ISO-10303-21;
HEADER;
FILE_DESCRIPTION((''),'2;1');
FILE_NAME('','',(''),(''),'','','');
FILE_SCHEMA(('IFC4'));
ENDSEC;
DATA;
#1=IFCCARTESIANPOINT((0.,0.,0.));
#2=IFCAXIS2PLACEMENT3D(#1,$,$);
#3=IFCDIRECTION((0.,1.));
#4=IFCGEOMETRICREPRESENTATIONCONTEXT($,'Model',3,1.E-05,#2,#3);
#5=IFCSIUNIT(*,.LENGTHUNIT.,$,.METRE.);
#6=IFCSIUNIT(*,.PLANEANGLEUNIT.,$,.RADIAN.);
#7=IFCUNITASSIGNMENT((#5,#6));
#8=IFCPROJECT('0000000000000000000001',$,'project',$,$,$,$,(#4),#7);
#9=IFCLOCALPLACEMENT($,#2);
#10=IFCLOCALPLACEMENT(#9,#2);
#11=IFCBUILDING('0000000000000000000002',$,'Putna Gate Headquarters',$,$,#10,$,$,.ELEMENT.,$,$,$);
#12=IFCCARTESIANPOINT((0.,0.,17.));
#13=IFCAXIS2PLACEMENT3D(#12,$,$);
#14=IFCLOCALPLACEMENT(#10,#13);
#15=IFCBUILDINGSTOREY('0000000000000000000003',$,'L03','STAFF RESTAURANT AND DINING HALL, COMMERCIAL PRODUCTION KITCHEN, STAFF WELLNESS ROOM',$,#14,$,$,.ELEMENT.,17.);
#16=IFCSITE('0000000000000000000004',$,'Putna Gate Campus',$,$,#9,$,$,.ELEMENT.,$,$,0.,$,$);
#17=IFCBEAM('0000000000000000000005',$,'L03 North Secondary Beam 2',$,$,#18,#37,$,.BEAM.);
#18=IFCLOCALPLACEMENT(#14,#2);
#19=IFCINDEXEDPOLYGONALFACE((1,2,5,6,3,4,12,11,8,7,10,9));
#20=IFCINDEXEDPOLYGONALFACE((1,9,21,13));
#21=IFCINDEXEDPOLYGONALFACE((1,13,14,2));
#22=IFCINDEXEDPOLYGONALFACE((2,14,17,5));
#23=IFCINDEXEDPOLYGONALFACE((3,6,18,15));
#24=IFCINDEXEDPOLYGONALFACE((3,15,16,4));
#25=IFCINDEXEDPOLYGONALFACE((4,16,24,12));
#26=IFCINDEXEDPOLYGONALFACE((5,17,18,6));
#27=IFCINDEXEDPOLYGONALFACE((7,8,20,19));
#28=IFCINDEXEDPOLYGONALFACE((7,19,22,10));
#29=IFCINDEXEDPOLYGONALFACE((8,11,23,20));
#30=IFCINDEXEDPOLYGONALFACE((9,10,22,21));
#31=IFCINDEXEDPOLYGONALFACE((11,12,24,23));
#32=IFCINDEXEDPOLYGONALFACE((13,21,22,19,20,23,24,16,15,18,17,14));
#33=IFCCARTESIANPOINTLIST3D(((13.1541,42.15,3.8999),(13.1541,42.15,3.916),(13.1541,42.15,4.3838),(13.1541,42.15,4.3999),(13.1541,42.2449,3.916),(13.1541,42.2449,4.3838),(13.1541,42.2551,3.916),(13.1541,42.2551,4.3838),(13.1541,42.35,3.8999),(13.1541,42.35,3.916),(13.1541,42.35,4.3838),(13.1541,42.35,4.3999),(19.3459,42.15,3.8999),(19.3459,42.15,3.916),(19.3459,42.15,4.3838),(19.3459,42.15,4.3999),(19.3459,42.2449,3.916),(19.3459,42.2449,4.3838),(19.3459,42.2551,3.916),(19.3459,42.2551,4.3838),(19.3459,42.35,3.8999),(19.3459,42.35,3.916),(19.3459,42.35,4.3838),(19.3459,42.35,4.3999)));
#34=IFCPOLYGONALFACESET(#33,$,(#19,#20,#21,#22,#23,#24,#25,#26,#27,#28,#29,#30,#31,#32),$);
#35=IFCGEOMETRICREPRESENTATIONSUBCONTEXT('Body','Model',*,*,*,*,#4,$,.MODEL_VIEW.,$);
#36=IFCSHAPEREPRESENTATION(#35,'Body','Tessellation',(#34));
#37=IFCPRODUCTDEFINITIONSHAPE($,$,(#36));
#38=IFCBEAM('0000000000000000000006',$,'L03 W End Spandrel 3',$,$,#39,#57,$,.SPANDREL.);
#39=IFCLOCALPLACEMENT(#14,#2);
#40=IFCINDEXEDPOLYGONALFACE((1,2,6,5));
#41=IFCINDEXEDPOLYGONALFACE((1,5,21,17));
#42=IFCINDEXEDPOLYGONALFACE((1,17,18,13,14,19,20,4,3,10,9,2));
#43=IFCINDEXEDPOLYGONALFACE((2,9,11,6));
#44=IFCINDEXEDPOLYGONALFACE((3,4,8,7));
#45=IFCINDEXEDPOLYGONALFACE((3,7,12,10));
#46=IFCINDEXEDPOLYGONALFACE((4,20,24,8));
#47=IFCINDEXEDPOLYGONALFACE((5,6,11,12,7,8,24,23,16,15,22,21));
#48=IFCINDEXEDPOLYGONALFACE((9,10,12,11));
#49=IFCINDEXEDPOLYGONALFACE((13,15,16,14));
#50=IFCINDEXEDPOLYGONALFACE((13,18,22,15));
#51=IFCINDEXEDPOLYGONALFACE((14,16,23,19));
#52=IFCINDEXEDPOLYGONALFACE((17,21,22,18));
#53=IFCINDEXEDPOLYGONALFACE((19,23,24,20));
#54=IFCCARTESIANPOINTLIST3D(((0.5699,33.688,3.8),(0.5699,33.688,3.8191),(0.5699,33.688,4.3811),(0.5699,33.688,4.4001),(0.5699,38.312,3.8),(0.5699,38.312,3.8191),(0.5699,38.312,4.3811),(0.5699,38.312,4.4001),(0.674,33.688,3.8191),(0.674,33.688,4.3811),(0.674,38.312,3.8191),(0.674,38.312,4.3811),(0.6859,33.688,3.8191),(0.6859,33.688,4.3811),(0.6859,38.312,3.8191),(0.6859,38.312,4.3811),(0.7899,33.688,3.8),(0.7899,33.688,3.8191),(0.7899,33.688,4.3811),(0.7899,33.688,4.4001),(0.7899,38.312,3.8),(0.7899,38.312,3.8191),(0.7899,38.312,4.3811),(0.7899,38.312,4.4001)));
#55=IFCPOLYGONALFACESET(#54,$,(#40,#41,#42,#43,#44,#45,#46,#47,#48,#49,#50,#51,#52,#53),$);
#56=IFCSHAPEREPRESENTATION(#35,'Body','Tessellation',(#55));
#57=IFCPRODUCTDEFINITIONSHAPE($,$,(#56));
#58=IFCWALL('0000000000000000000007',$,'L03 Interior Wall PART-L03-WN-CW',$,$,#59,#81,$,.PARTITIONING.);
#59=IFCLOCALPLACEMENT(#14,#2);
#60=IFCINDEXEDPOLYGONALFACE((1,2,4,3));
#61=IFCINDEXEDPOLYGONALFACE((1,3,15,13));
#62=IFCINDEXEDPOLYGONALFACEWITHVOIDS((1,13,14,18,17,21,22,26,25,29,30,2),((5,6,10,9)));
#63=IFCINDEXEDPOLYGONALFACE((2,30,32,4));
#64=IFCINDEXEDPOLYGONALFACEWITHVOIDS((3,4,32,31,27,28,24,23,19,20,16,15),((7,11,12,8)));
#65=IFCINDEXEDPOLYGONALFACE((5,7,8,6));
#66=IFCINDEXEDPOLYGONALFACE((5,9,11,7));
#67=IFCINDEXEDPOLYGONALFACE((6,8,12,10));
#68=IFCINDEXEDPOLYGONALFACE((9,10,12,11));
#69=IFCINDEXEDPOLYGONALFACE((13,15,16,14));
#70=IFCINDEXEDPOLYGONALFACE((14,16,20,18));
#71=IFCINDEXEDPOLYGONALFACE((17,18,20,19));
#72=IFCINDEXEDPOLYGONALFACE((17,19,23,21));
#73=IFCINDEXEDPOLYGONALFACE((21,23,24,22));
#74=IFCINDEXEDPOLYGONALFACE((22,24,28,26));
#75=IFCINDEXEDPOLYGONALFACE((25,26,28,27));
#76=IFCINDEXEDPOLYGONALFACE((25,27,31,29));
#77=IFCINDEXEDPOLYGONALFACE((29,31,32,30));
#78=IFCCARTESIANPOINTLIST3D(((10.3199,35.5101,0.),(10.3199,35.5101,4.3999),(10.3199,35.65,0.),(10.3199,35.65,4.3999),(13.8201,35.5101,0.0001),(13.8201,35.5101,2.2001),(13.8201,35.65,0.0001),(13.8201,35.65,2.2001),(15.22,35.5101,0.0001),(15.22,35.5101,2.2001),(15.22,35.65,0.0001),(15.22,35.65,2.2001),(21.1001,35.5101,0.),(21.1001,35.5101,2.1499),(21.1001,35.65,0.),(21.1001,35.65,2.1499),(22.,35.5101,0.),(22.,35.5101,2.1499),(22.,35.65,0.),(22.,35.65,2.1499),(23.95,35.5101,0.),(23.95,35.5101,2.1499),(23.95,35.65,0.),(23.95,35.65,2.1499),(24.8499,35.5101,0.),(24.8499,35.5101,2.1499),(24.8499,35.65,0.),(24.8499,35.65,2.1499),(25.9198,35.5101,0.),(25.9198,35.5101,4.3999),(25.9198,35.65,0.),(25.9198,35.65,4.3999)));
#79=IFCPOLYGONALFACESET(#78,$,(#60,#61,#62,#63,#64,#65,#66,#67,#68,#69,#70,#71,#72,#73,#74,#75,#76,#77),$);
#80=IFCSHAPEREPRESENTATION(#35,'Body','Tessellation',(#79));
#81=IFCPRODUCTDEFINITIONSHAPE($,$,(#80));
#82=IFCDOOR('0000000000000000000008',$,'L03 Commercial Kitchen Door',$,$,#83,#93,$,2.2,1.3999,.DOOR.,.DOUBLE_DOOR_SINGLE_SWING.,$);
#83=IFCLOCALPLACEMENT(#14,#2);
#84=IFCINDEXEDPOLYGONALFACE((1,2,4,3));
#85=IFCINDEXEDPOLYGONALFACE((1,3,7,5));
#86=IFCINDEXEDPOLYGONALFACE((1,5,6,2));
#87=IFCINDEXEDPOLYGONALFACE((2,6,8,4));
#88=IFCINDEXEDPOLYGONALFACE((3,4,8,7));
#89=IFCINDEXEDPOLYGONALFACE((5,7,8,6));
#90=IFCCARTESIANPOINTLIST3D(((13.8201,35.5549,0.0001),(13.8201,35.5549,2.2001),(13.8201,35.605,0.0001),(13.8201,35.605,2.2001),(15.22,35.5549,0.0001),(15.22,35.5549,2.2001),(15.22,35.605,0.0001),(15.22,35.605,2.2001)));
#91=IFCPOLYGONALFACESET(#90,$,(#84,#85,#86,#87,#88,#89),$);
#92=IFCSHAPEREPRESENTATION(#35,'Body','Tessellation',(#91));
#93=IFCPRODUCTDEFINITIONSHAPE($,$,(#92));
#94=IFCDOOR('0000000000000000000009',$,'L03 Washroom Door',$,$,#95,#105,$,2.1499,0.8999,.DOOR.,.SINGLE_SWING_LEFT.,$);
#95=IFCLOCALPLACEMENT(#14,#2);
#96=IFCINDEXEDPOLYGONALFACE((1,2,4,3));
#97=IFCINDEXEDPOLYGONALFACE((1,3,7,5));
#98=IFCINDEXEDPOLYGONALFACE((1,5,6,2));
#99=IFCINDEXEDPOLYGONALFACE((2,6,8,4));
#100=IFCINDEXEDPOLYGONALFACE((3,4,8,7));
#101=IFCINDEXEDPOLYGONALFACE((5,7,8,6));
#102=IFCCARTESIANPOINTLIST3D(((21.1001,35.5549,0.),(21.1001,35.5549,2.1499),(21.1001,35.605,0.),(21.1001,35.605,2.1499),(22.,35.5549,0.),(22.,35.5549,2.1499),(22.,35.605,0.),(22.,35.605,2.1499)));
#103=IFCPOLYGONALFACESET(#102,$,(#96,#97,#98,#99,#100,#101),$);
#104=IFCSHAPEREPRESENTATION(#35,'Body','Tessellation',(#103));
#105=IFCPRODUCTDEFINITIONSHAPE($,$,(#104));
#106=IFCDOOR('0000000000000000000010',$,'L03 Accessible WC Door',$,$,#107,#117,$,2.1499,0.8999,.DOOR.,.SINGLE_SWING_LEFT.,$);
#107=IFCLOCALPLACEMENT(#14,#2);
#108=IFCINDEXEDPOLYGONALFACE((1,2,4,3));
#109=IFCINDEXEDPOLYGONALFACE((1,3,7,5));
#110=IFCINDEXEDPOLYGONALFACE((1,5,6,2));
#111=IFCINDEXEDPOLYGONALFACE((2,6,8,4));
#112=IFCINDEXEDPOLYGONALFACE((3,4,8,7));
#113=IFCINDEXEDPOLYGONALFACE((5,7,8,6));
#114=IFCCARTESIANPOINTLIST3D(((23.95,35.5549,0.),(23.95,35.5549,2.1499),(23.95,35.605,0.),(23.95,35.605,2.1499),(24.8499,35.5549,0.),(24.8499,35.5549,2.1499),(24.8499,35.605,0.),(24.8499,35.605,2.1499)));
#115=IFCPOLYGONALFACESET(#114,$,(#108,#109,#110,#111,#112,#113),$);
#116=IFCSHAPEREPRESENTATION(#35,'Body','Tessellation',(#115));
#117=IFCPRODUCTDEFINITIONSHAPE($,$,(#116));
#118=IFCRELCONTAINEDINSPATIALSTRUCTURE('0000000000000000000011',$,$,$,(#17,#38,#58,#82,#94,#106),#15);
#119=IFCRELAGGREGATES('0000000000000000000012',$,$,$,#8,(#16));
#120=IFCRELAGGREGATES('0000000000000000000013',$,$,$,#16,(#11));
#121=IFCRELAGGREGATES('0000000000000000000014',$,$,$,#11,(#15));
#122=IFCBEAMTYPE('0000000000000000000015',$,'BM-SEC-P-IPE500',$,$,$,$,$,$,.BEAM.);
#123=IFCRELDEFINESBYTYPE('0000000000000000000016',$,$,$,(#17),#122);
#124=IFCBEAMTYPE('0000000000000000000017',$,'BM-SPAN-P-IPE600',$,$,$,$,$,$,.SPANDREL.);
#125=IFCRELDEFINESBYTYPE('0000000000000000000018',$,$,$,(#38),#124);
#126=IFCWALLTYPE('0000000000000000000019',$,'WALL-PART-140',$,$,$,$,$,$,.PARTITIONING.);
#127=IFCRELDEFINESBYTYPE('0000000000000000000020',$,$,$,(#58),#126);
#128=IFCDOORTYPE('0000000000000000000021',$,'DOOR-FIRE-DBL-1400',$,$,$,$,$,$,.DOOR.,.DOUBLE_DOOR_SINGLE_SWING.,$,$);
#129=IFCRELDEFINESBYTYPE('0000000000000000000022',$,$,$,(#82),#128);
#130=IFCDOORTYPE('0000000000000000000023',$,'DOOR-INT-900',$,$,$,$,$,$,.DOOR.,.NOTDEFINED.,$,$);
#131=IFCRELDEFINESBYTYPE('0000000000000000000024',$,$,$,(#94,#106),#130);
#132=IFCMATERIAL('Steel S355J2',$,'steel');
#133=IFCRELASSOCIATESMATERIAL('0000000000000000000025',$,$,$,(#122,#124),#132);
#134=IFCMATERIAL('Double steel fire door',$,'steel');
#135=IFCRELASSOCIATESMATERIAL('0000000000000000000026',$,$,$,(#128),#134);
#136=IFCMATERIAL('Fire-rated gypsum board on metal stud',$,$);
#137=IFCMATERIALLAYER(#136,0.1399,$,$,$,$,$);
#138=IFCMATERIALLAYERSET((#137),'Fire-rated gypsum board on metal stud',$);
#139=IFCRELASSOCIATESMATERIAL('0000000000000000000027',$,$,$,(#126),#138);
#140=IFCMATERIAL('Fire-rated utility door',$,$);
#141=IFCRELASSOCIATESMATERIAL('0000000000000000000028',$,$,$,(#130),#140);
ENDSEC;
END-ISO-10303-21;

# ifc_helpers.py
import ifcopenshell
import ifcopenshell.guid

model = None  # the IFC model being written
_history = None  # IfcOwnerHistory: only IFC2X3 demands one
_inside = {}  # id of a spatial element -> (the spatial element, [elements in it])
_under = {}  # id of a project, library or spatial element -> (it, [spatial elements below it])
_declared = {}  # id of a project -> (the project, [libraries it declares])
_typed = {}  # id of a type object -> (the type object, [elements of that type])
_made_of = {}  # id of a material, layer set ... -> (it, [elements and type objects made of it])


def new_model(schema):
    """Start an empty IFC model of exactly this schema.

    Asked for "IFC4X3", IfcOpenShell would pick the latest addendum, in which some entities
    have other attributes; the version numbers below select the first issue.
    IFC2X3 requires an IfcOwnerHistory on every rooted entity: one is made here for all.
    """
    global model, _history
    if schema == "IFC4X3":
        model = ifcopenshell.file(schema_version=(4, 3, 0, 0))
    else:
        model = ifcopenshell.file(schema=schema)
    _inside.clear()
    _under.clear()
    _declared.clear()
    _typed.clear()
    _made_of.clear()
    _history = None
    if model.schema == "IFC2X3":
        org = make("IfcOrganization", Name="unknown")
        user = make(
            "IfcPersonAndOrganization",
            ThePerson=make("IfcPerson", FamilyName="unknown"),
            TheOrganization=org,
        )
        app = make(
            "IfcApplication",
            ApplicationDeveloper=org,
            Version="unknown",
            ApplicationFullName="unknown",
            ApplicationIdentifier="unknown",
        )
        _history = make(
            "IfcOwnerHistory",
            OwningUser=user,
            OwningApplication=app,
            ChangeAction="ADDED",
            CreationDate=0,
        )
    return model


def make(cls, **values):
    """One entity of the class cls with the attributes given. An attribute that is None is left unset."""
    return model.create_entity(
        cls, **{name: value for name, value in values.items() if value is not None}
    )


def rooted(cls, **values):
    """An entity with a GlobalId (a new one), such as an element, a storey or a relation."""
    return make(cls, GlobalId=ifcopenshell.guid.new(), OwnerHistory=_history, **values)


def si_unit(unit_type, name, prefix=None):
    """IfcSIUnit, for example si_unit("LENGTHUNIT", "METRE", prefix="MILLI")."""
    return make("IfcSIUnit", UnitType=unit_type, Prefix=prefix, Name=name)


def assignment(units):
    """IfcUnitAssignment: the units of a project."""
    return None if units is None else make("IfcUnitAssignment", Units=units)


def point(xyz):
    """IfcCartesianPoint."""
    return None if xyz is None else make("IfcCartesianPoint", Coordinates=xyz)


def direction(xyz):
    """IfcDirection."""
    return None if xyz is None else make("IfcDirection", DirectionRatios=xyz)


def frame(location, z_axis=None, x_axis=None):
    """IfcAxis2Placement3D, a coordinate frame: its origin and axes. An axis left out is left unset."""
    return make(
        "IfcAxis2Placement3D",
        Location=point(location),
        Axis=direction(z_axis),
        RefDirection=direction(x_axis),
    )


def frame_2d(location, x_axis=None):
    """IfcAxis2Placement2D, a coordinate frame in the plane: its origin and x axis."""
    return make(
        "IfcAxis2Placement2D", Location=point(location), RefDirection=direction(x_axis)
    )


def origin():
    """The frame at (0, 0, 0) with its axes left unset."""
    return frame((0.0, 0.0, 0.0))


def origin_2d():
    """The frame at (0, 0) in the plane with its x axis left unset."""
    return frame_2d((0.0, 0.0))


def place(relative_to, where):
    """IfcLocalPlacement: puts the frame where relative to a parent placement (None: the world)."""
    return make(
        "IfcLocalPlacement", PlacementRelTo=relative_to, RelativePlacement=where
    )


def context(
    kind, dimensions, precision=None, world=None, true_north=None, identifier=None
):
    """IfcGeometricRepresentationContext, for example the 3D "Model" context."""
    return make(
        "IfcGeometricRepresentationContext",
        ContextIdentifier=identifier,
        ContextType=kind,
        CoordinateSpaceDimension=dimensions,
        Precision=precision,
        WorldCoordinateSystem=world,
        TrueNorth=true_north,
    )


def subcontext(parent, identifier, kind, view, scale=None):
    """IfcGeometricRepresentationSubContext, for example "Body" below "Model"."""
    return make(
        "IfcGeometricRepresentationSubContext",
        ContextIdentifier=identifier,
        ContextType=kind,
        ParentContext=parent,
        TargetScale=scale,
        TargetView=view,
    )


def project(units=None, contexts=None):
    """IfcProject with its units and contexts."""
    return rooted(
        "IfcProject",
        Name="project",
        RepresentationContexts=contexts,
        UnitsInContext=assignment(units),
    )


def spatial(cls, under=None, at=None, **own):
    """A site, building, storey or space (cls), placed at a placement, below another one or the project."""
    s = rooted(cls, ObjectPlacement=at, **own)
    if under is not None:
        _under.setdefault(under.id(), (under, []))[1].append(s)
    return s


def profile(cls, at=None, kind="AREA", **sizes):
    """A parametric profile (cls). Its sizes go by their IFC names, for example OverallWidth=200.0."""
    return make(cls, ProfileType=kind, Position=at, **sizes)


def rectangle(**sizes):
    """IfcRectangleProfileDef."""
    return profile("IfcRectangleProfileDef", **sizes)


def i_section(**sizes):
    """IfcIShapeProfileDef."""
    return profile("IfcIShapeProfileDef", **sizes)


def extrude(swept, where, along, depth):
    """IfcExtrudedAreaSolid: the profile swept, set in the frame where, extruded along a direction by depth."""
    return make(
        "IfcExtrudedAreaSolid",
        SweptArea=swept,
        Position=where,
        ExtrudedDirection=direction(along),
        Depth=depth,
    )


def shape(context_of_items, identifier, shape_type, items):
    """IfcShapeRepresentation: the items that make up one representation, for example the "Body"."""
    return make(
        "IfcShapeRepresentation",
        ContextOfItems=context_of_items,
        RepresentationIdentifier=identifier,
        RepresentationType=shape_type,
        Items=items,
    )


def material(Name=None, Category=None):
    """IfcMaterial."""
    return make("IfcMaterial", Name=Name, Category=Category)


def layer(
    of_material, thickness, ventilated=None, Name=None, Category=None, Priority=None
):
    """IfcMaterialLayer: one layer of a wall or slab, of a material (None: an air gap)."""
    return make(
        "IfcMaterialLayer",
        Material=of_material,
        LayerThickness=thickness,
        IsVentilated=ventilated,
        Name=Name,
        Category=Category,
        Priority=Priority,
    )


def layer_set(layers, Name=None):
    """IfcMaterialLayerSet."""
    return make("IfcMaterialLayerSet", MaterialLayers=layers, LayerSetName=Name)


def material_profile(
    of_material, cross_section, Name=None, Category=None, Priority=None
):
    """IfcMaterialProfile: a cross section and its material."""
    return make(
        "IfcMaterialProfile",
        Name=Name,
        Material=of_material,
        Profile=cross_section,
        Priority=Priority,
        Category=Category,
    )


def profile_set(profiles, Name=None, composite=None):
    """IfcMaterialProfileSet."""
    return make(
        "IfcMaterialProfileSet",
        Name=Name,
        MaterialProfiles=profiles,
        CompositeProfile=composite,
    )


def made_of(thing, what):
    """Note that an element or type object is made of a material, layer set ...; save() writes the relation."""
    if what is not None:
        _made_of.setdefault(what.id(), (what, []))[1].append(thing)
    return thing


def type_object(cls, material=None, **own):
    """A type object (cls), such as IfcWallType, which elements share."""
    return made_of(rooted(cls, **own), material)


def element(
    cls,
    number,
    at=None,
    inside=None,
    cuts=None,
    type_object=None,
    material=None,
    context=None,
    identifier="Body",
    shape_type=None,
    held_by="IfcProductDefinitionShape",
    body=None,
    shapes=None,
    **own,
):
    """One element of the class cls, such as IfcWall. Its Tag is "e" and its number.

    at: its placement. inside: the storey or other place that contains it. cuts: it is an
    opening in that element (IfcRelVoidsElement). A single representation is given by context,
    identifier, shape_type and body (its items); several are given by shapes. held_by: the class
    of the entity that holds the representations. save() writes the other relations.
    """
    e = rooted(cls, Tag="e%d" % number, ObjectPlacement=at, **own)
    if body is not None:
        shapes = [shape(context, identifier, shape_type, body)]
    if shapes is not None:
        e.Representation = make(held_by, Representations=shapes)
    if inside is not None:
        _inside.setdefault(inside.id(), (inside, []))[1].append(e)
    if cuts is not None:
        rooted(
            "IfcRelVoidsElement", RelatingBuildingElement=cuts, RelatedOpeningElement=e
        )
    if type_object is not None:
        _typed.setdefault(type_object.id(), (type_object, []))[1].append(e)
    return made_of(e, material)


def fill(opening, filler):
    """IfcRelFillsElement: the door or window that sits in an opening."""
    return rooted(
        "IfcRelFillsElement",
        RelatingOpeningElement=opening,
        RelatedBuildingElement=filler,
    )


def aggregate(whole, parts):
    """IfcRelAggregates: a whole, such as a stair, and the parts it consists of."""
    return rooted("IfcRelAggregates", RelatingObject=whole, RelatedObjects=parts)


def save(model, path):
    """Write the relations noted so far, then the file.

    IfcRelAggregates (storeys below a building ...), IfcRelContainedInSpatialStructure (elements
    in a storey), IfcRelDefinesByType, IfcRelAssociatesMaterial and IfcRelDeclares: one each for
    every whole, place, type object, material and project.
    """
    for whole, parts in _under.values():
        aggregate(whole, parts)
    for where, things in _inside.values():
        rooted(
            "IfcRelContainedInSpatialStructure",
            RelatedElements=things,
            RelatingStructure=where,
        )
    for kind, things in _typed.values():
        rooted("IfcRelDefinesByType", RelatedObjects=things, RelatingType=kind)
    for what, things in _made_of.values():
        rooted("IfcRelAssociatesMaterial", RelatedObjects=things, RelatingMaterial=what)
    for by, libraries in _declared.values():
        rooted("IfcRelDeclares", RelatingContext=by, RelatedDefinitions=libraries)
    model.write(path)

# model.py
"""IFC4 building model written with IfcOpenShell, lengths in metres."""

from ifc_helpers import new_model, si_unit, direction, frame, frame_2d, origin, origin_2d, place, context, subcontext, project, spatial, rectangle, i_section, extrude, material, layer, layer_set, material_profile, profile_set, type_object, element, fill, save


model = new_model("IFC4")

# Units and contexts
model_context = context("Model", 3, precision=1e-05, world=origin(), true_north=direction((0.0, 1.0)))
body_context = subcontext(model_context, "Body", "Model", "MODEL_VIEW")
ifc_project = project(units=[si_unit("LENGTHUNIT", "METRE"), si_unit("PLANEANGLEUNIT", "RADIAN")], contexts=[model_context])

# Site, building, storey
site_placement = place(None, origin())
site = spatial("IfcSite", under=ifc_project, at=site_placement, Name="Putna Gate Campus", CompositionType="ELEMENT", RefElevation=0.0)
building_placement = place(site_placement, origin())
building = spatial("IfcBuilding", under=site, at=building_placement, Name="Putna Gate Headquarters", CompositionType="ELEMENT")
storey_placement = place(building_placement, frame((0.0, 0.0, 17.0)))
storey = spatial("IfcBuildingStorey", under=building, at=storey_placement, Name="L03", Description="STAFF RESTAURANT AND DINING HALL, COMMERCIAL PRODUCTION KITCHEN, STAFF WELLNESS ROOM", CompositionType="ELEMENT", Elevation=17.0)

# Beams
ifc_material_1 = material(Name="Steel S355J2", Category="steel")
ifc_material_profile_1 = material_profile(ifc_material_1, i_section(OverallWidth=0.2, OverallDepth=0.5, WebThickness=0.0103, FlangeThickness=0.0161, at=origin_2d()), Name="Steel S355J2")
ifc_profile_set_1 = profile_set([ifc_material_profile_1], Name="Steel S355J2")
beam_type_1 = type_object("IfcBeamType", Name="BM-SEC-P-IPE500", PredefinedType="BEAM", material=ifc_profile_set_1)
beam_1_placement = place(storey_placement, frame((13.1541, 42.25, 4.1499), z_axis=(1.0, 0.0, 0.0), x_axis=(0.0, 1.0, 0.0)))
element("IfcBeam", 1, at=beam_1_placement, inside=storey, type_object=beam_type_1, Name="L03 North Secondary Beam 2", PredefinedType="BEAM", context=body_context, shape_type="SweptSolid", body=[
    extrude(i_section(OverallWidth=0.2, OverallDepth=0.5, WebThickness=0.0103, FlangeThickness=0.0161, at=origin_2d()), origin(), (0.0, 0.0, 1.0), 6.1919),
])
ifc_material_profile_2 = material_profile(ifc_material_1, i_section(OverallWidth=0.22, OverallDepth=0.6001, WebThickness=0.012, FlangeThickness=0.019, at=origin_2d()), Name="Steel S355J2")
ifc_profile_set_2 = profile_set([ifc_material_profile_2], Name="Steel S355J2")
beam_type_2 = type_object("IfcBeamType", Name="BM-SPAN-P-IPE600", PredefinedType="SPANDREL", material=ifc_profile_set_2)
beam_2_placement = place(storey_placement, frame((0.6799, 33.688, 4.1001), z_axis=(0.0, 1.0, 0.0), x_axis=(-1.0, 0.0, 0.0)))
element("IfcBeam", 2, at=beam_2_placement, inside=storey, type_object=beam_type_2, Name="L03 W End Spandrel 3", PredefinedType="SPANDREL", context=body_context, shape_type="SweptSolid", body=[
    extrude(i_section(OverallWidth=0.22, OverallDepth=0.6001, WebThickness=0.012, FlangeThickness=0.019, at=origin_2d()), origin(), (0.0, 0.0, 1.0), 4.624),
])

# Wall, openings, doors
ifc_material_2 = material(Name="Double steel fire door", Category="steel")
door_type_1 = type_object("IfcDoorType", Name="DOOR-FIRE-DBL-1400", OperationType="DOUBLE_DOOR_SINGLE_SWING", PredefinedType="DOOR", material=ifc_material_2)
ifc_material_3 = material(Name="Fire-rated gypsum board on metal stud")
ifc_layer_1 = layer(ifc_material_3, 0.1399)
ifc_layer_set_1 = layer_set([ifc_layer_1], Name="Fire-rated gypsum board on metal stud")
wall_type_1 = type_object("IfcWallType", Name="WALL-PART-140", PredefinedType="PARTITIONING", material=ifc_layer_set_1)
wall_1_placement = place(storey_placement, frame((10.3201, 35.5801, 0.0), z_axis=(0.0, 0.0, 1.0), x_axis=(1.0, 0.0, 0.0)))
wall_1 = element("IfcWall", 3, at=wall_1_placement, inside=storey, type_object=wall_type_1, Name="L03 Interior Wall PART-L03-WN-CW", PredefinedType="PARTITIONING", context=body_context, shape_type="SweptSolid", body=[
    extrude(rectangle(XDim=15.5999, YDim=0.1399, at=frame_2d((7.7998, 0.0))), origin(), (0.0, 0.0, 1.0), 4.3999),
])
opening_1_placement = place(wall_1_placement, frame((10.78, 0.0, 0.0)))
opening_1 = element("IfcOpeningElement", 4, at=opening_1_placement, cuts=wall_1, PredefinedType="OPENING", context=body_context, shape_type="SweptSolid", body=[
    extrude(rectangle(XDim=0.8999, YDim=2.1499, at=frame_2d((0.45, 1.075))), frame((0.0, 0.0798, 0.0), z_axis=(0.0, -1.0, 0.0), x_axis=(1.0, 0.0, 0.0)), (0.0, 0.0, 1.0), 0.1599),
])
opening_2_placement = place(wall_1_placement, frame((13.6299, 0.0, 0.0)))
opening_2 = element("IfcOpeningElement", 5, at=opening_2_placement, cuts=wall_1, PredefinedType="OPENING", context=body_context, shape_type="SweptSolid", body=[
    extrude(rectangle(XDim=0.8999, YDim=2.1499, at=frame_2d((0.45, 1.075))), frame((0.0, 0.0798, 0.0), z_axis=(0.0, -1.0, 0.0), x_axis=(1.0, 0.0, 0.0)), (0.0, 0.0, 1.0), 0.1599),
])
opening_3_placement = place(wall_1_placement, frame((3.5, 0.0, 0.0)))
opening_3 = element("IfcOpeningElement", 6, at=opening_3_placement, cuts=wall_1, PredefinedType="OPENING", context=body_context, shape_type="SweptSolid", body=[
    extrude(rectangle(XDim=1.3999, YDim=2.2, at=frame_2d((0.7, 1.1001))), frame((0.0, 0.0798, 0.0), z_axis=(0.0, -1.0, 0.0), x_axis=(1.0, 0.0, 0.0)), (0.0, 0.0, 1.0), 0.1599),
])
door_1_placement = place(opening_3_placement, origin())
door_1 = element("IfcDoor", 7, at=door_1_placement, inside=storey, type_object=door_type_1, Name="L03 Commercial Kitchen Door", OperationType="DOUBLE_DOOR_SINGLE_SWING", OverallHeight=2.2, OverallWidth=1.3999, PredefinedType="DOOR", context=body_context, shape_type="SweptSolid", body=[
    extrude(rectangle(XDim=1.3999, YDim=2.2, at=frame_2d((0.7, 1.1001))), frame((0.0, 0.0249, 0.0), z_axis=(0.0, -1.0, 0.0), x_axis=(1.0, 0.0, 0.0)), (0.0, 0.0, 1.0), 0.05),
])
fill(opening_3, door_1)
ifc_material_4 = material(Name="Fire-rated utility door")
door_type_2 = type_object("IfcDoorType", Name="DOOR-INT-900", OperationType="NOTDEFINED", PredefinedType="DOOR", material=ifc_material_4)
door_2_placement = place(opening_1_placement, origin())
door_2 = element("IfcDoor", 8, at=door_2_placement, inside=storey, type_object=door_type_2, Name="L03 Washroom Door", OperationType="SINGLE_SWING_LEFT", OverallHeight=2.1499, OverallWidth=0.8999, PredefinedType="DOOR", context=body_context, shape_type="SweptSolid", body=[
    extrude(rectangle(XDim=0.8999, YDim=2.1499, at=frame_2d((0.45, 1.075))), frame((0.0, 0.0249, 0.0), z_axis=(0.0, -1.0, 0.0), x_axis=(1.0, 0.0, 0.0)), (0.0, 0.0, 1.0), 0.05),
])
fill(opening_1, door_2)
door_3_placement = place(opening_2_placement, origin())
door_3 = element("IfcDoor", 9, at=door_3_placement, inside=storey, type_object=door_type_2, Name="L03 Accessible WC Door", OperationType="SINGLE_SWING_LEFT", OverallHeight=2.1499, OverallWidth=0.8999, PredefinedType="DOOR", context=body_context, shape_type="SweptSolid", body=[
    extrude(rectangle(XDim=0.8999, YDim=2.1499, at=frame_2d((0.45, 1.075))), frame((0.0, 0.0249, 0.0), z_axis=(0.0, -1.0, 0.0), x_axis=(1.0, 0.0, 0.0)), (0.0, 0.0, 1.0), 0.05),
])
fill(opening_2, door_3)

save(model, "model.ifc")
